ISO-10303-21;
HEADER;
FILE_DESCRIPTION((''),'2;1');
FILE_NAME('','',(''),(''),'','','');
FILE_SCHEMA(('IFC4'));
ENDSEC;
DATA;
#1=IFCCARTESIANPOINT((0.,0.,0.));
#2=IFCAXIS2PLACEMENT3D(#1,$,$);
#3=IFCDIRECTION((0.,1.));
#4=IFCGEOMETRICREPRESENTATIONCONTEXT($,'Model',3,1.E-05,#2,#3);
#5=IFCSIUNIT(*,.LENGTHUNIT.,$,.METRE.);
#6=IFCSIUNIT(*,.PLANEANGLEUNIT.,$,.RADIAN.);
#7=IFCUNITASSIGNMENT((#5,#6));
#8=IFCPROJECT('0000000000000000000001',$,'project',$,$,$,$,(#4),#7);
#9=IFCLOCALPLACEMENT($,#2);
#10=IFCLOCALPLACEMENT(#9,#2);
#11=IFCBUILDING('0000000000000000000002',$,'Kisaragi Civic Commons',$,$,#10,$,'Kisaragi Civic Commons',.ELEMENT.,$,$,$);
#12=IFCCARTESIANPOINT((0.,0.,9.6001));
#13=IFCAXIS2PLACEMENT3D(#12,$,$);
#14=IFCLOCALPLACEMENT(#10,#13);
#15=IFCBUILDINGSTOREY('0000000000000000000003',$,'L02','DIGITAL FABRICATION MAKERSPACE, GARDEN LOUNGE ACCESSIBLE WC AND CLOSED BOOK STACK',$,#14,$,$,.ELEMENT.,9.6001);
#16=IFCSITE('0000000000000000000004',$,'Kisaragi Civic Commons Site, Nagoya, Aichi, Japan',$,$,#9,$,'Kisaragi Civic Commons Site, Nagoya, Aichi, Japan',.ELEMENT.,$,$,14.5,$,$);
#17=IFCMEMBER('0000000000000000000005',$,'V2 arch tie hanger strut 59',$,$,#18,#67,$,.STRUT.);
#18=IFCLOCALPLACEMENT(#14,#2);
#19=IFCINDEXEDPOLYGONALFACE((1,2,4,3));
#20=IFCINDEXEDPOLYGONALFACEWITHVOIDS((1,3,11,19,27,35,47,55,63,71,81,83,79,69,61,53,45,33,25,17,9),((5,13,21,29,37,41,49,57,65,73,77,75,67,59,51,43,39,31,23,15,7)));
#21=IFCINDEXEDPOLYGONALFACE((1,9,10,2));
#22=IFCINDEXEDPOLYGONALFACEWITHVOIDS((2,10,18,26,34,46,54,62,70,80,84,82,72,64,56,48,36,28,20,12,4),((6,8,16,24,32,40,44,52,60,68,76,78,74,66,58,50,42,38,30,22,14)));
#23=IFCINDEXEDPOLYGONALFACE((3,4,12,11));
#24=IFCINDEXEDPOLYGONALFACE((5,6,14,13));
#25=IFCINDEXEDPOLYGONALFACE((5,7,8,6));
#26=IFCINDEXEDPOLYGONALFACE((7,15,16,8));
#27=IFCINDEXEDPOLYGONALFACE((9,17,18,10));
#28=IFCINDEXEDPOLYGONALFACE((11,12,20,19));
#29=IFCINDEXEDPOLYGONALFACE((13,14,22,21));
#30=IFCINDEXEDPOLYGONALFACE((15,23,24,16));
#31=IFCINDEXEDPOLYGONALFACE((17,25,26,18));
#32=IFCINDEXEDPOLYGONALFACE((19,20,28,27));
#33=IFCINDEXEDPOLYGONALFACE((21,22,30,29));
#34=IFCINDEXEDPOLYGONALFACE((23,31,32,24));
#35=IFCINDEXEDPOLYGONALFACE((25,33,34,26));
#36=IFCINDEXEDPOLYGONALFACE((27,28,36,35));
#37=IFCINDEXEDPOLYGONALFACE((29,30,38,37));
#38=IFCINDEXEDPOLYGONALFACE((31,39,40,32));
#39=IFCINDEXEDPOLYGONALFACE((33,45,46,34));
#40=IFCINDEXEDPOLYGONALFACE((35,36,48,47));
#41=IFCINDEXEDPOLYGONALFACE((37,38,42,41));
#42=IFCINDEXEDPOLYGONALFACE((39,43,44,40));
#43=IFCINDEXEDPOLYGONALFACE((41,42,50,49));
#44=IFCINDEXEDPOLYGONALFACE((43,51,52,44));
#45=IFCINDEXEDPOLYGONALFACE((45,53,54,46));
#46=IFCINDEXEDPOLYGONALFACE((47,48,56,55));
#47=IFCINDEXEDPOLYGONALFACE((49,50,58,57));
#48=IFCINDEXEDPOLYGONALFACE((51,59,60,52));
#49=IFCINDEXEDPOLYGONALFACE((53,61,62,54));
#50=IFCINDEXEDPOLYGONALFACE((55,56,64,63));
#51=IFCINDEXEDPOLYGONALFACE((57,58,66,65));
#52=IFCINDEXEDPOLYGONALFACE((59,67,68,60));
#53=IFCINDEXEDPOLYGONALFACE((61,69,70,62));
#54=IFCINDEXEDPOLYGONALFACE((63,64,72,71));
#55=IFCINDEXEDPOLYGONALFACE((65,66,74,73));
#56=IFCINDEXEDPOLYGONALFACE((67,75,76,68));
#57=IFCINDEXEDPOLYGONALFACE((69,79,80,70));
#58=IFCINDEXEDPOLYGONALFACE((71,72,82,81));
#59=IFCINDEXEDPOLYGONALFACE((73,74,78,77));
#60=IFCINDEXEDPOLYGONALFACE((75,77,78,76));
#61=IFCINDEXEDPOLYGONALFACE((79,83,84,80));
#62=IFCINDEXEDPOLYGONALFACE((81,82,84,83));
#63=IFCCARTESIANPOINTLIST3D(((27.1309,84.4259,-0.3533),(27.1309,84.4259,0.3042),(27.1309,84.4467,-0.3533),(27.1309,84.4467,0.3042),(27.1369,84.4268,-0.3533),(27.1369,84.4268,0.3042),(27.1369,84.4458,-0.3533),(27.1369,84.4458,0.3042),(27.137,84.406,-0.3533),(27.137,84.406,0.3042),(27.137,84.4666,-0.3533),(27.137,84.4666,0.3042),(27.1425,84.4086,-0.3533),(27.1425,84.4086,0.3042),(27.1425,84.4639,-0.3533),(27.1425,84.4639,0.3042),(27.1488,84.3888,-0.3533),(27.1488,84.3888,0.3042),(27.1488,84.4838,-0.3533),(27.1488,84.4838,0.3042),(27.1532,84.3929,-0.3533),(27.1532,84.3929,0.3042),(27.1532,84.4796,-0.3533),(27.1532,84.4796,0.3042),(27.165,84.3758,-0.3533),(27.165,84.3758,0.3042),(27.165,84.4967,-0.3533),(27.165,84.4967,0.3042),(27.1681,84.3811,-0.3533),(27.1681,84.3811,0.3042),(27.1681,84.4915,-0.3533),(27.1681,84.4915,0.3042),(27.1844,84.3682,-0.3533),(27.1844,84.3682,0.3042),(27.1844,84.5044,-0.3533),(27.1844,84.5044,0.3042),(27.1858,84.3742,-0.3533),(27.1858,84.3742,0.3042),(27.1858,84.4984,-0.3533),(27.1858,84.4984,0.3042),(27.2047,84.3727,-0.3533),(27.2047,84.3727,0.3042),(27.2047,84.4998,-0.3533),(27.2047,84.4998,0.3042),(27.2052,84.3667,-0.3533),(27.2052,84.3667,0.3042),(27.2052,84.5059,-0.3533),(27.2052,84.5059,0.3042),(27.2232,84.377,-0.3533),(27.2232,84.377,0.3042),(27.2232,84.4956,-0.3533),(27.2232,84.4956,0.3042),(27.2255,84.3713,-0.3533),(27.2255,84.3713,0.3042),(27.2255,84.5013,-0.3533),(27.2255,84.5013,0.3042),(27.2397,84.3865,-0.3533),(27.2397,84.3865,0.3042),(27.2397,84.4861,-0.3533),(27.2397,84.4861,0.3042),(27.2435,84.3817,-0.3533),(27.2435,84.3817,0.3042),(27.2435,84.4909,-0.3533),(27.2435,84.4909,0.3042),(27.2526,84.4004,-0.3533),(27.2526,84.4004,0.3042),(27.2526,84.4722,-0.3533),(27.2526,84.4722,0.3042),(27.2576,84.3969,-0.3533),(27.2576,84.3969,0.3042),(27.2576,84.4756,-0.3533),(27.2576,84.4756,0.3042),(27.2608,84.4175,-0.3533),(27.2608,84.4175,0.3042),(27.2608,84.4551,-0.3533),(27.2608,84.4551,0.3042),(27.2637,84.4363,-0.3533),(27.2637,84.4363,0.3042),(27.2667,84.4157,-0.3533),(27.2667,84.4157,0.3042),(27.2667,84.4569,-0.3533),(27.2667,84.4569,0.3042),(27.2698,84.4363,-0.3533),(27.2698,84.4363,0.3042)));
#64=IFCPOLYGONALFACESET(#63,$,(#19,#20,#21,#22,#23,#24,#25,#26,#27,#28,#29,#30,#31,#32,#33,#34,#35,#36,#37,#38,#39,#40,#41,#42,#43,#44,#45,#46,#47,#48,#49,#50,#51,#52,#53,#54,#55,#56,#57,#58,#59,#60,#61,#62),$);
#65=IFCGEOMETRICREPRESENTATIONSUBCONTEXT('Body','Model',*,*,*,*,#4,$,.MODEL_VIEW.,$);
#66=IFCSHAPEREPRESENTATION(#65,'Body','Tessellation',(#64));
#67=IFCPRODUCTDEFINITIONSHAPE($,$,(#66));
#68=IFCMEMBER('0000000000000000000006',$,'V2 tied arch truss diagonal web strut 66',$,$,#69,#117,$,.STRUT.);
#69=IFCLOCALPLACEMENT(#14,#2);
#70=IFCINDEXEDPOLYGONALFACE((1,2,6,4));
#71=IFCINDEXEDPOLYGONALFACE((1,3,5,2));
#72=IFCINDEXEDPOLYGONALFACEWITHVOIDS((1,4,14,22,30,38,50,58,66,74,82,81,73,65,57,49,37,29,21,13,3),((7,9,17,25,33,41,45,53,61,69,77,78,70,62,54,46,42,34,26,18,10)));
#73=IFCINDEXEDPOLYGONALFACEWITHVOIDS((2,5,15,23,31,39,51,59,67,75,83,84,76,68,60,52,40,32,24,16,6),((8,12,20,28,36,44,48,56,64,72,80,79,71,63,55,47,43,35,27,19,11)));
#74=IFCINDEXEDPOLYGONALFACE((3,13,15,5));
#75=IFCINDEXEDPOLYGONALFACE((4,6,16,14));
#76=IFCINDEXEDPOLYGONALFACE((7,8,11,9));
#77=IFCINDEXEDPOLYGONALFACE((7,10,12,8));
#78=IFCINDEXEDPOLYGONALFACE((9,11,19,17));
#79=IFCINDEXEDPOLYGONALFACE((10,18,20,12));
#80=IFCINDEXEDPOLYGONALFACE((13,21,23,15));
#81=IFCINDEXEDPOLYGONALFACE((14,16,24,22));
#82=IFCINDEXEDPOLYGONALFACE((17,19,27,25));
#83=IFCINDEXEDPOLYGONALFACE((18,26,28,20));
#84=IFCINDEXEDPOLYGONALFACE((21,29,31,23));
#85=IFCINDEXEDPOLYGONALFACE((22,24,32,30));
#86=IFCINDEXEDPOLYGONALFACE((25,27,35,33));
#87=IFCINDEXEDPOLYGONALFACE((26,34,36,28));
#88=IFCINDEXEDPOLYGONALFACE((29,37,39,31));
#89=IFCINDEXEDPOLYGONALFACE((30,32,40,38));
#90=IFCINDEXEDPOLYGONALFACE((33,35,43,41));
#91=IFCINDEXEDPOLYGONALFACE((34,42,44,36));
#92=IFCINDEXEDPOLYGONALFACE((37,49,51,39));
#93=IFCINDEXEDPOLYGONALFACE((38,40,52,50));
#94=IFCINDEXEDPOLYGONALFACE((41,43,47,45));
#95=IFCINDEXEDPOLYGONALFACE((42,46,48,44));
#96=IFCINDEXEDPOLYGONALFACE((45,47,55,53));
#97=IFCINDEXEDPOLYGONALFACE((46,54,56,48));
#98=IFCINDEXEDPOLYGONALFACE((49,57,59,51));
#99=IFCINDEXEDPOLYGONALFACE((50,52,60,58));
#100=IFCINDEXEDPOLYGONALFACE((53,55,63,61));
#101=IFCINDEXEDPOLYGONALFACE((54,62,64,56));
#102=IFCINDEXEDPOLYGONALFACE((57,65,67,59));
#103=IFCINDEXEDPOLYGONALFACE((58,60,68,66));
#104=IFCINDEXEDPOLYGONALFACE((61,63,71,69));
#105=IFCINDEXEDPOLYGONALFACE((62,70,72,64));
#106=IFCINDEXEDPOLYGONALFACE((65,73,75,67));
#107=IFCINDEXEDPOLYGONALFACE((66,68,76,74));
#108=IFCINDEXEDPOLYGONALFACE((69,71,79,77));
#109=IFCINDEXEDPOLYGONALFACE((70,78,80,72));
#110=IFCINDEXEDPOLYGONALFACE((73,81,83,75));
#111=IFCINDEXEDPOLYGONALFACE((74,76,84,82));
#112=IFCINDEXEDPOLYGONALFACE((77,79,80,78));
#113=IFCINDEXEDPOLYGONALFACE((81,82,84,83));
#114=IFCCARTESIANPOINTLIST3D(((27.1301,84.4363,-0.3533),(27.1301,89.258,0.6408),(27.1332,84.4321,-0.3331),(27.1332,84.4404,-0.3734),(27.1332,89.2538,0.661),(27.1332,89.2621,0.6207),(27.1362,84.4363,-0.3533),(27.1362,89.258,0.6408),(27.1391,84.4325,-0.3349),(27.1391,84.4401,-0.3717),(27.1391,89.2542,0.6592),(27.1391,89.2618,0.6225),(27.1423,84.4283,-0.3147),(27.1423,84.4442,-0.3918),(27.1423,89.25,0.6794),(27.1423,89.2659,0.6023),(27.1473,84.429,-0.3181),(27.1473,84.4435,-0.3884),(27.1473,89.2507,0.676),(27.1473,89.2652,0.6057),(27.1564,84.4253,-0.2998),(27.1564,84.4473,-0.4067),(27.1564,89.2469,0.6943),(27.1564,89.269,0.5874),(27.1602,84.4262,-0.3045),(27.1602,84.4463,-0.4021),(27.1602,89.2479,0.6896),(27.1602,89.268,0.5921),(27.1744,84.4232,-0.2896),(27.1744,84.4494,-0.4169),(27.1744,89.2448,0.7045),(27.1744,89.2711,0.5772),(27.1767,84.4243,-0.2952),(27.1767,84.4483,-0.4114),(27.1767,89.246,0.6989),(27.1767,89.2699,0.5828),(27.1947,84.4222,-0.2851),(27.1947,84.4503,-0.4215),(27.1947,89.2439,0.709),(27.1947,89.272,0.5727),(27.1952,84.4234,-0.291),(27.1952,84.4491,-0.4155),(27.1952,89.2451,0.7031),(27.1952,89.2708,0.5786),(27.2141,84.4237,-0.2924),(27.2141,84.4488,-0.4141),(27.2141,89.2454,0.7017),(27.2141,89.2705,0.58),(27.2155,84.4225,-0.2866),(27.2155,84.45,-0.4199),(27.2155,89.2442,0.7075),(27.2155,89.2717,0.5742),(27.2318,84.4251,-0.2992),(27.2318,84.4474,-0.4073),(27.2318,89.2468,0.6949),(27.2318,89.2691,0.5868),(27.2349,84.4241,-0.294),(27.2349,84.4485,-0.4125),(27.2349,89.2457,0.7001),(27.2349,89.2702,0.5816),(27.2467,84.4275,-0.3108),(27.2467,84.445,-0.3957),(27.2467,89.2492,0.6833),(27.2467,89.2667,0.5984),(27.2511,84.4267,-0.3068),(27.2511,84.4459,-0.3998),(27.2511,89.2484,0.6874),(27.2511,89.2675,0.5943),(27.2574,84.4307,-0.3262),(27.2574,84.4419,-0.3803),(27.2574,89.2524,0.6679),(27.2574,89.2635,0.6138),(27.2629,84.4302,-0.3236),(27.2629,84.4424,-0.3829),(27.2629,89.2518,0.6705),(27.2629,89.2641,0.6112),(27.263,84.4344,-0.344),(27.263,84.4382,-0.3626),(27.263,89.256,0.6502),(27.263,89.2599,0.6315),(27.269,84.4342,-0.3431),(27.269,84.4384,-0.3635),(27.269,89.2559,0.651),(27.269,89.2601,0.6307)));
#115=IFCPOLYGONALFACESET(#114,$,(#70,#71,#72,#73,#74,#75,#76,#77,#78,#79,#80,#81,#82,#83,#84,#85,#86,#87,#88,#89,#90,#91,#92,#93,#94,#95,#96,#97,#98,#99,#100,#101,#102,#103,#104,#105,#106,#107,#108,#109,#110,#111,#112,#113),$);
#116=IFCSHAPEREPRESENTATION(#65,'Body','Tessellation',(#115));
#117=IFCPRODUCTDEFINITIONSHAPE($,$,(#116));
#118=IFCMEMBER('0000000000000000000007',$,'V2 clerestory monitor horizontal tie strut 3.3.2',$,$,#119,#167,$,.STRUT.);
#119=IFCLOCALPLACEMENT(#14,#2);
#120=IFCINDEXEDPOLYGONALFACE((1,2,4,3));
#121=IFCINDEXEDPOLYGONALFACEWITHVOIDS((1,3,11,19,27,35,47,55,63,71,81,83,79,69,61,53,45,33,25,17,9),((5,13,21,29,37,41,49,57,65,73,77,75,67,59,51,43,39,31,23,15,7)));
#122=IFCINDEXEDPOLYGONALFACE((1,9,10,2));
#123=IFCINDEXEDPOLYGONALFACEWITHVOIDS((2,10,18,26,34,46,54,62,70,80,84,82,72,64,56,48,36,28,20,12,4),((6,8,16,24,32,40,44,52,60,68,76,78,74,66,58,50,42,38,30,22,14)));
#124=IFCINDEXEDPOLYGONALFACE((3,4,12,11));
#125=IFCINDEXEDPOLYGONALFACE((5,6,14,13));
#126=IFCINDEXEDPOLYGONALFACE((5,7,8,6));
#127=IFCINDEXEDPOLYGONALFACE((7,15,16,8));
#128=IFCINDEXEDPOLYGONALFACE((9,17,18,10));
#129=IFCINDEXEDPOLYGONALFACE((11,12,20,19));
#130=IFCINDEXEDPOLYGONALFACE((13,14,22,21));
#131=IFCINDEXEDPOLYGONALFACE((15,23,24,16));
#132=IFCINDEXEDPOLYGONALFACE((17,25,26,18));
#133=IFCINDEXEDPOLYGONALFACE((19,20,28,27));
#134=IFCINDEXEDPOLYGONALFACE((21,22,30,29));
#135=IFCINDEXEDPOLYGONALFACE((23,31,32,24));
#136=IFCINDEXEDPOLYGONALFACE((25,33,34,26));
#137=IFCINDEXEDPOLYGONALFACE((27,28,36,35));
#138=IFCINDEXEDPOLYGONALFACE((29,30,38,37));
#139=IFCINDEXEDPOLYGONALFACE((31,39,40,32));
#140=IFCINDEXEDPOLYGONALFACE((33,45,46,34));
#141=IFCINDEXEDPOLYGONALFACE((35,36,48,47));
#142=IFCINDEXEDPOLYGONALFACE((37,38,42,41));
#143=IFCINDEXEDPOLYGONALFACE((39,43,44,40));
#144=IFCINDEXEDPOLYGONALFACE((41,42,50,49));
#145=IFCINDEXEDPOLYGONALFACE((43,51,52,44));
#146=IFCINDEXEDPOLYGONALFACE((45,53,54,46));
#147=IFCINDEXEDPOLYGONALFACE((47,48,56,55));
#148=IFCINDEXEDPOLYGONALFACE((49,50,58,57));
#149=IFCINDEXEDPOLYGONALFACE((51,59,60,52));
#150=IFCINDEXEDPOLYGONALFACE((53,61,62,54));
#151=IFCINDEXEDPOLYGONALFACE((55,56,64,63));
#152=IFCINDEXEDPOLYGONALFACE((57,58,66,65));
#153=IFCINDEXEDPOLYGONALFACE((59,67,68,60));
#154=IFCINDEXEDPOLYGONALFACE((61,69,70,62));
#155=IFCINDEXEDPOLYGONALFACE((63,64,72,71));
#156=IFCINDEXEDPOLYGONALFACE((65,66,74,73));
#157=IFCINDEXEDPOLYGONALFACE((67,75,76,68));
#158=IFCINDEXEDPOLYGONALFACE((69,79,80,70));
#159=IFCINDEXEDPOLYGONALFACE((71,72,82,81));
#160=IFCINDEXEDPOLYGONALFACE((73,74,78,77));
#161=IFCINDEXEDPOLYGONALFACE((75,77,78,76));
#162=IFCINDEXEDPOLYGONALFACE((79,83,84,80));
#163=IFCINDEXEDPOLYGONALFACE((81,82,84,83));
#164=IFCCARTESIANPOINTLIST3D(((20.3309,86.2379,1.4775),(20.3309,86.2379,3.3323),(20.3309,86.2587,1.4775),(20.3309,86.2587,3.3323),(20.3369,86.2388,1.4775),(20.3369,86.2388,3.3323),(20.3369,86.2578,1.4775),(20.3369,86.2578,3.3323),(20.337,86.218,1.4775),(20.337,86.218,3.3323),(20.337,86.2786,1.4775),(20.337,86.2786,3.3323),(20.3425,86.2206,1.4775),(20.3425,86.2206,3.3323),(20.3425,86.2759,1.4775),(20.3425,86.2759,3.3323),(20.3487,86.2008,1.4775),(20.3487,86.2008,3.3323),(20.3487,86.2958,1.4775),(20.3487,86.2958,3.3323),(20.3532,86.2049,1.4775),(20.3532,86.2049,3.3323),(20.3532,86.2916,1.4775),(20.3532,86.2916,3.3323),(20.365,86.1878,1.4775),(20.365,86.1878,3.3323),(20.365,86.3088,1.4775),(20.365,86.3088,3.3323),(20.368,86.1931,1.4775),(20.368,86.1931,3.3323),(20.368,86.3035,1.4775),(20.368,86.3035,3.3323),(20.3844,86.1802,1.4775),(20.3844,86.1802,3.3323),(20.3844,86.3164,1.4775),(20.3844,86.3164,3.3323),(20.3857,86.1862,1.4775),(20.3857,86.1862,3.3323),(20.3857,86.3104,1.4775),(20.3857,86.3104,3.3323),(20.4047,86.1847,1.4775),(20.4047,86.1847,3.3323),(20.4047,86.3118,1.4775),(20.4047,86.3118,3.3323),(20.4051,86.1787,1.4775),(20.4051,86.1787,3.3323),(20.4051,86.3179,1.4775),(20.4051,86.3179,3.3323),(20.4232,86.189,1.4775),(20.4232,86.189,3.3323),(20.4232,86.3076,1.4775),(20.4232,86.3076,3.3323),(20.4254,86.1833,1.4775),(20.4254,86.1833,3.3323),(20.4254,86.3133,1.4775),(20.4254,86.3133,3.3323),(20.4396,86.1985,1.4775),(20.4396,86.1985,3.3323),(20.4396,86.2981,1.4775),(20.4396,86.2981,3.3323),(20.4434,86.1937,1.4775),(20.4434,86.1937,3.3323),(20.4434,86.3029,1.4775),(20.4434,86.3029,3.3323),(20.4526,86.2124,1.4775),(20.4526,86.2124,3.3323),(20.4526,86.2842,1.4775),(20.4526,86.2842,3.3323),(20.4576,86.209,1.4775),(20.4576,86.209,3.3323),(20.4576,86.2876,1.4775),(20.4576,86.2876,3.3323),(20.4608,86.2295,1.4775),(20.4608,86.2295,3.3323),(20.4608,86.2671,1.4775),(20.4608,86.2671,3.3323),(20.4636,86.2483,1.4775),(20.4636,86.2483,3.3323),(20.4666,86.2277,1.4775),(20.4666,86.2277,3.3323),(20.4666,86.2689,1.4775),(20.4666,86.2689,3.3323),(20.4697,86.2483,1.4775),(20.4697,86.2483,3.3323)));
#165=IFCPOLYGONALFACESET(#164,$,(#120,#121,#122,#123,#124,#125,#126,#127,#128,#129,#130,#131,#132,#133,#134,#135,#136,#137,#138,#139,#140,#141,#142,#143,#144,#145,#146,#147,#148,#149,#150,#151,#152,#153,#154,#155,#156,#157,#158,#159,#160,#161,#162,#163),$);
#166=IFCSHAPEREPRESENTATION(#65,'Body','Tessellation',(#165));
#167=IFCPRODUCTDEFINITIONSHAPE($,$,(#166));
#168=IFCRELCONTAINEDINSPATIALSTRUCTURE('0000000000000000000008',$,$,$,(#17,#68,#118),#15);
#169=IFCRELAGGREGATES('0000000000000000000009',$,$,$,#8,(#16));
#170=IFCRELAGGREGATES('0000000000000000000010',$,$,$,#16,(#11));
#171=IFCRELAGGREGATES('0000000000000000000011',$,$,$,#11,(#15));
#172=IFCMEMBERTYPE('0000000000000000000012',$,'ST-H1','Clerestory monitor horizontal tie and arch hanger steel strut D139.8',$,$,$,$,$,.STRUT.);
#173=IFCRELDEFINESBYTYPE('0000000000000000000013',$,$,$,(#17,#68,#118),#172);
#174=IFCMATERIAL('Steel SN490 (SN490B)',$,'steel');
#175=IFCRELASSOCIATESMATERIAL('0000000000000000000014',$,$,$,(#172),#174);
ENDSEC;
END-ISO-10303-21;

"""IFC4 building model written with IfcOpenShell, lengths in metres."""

from ifc_helpers import new_model, si_unit, direction, frame, origin, origin_2d, place, context, subcontext, project, spatial, hollow_circle, extrude, material, material_profile, profile_set, type_object, element, save


model = new_model("IFC4")

# Units and contexts
model_context = context("Model", 3, precision=1e-05, world=origin(), true_north=direction((0.0, 1.0)))
body_context = subcontext(model_context, "Body", "Model", "MODEL_VIEW")
ifc_project = project(units=[si_unit("LENGTHUNIT", "METRE"), si_unit("PLANEANGLEUNIT", "RADIAN")], contexts=[model_context])

# Site, building, storey
site_placement = place(None, origin())
site = spatial("IfcSite", under=ifc_project, at=site_placement, Name="Kisaragi Civic Commons Site, Nagoya, Aichi, Japan", LongName="Kisaragi Civic Commons Site, Nagoya, Aichi, Japan", CompositionType="ELEMENT", RefElevation=14.5)
building_placement = place(site_placement, origin())
building = spatial("IfcBuilding", under=site, at=building_placement, Name="Kisaragi Civic Commons", LongName="Kisaragi Civic Commons", CompositionType="ELEMENT")
storey_placement = place(building_placement, frame((0.0, 0.0, 9.6001)))
storey = spatial("IfcBuildingStorey", under=building, at=storey_placement, Name="L02", Description="DIGITAL FABRICATION MAKERSPACE, GARDEN LOUNGE ACCESSIBLE WC AND CLOSED BOOK STACK", CompositionType="ELEMENT", Elevation=9.6001)

# Members
ifc_material_1 = material(Name="Steel SN490 (SN490B)", Category="steel")
ifc_material_profile_1 = material_profile(ifc_material_1, hollow_circle(Radius=0.0698, WallThickness=0.0061, at=origin_2d()), Name="CHS-139.8x6.0", Category="steel")
ifc_profile_set_1 = profile_set([ifc_material_profile_1], Name="Steel SN490 (SN490B)")
member_type_1 = type_object("IfcMemberType", Name="ST-H1", Description="Clerestory monitor horizontal tie and arch hanger steel strut D139.8", PredefinedType="STRUT", material=ifc_profile_set_1)
member_1_placement = place(storey_placement, frame((27.2, 84.4363, -0.3533), z_axis=(0.0, 0.0, 1.0), x_axis=(1.0, 0.0, 0.0)))
element("IfcMember", 1, at=member_1_placement, inside=storey, type_object=member_type_1, Name="V2 arch tie hanger strut 59", PredefinedType="STRUT", context=body_context, shape_type="SweptSolid", body=[
    extrude(hollow_circle(Radius=0.0698, WallThickness=0.0061, at=origin_2d()), origin(), (0.0, 0.0, 1.0), 0.6575),
])
member_2_placement = place(storey_placement, frame((27.2, 84.4363, -0.3533), z_axis=(0.0, 0.9794, 0.20193), x_axis=(-1.0, 0.0, 0.0)))
element("IfcMember", 2, at=member_2_placement, inside=storey, type_object=member_type_1, Name="V2 tied arch truss diagonal web strut 66", PredefinedType="STRUT", context=body_context, shape_type="SweptSolid", body=[
    extrude(hollow_circle(Radius=0.0698, WallThickness=0.0061, at=origin_2d()), origin(), (0.0, 0.0, 1.0), 4.9231),
])
member_3_placement = place(storey_placement, frame((20.3999, 86.2483, 1.4775), z_axis=(0.0, 0.0, 1.0), x_axis=(1.0, 0.0, 0.0)))
element("IfcMember", 3, at=member_3_placement, inside=storey, type_object=member_type_1, Name="V2 clerestory monitor horizontal tie strut 3.3.2", PredefinedType="STRUT", context=body_context, shape_type="SweptSolid", body=[
    extrude(hollow_circle(Radius=0.0698, WallThickness=0.0061, at=origin_2d()), origin(), (0.0, 0.0, 1.0), 1.8547),
])

save(model, "model.ifc")
